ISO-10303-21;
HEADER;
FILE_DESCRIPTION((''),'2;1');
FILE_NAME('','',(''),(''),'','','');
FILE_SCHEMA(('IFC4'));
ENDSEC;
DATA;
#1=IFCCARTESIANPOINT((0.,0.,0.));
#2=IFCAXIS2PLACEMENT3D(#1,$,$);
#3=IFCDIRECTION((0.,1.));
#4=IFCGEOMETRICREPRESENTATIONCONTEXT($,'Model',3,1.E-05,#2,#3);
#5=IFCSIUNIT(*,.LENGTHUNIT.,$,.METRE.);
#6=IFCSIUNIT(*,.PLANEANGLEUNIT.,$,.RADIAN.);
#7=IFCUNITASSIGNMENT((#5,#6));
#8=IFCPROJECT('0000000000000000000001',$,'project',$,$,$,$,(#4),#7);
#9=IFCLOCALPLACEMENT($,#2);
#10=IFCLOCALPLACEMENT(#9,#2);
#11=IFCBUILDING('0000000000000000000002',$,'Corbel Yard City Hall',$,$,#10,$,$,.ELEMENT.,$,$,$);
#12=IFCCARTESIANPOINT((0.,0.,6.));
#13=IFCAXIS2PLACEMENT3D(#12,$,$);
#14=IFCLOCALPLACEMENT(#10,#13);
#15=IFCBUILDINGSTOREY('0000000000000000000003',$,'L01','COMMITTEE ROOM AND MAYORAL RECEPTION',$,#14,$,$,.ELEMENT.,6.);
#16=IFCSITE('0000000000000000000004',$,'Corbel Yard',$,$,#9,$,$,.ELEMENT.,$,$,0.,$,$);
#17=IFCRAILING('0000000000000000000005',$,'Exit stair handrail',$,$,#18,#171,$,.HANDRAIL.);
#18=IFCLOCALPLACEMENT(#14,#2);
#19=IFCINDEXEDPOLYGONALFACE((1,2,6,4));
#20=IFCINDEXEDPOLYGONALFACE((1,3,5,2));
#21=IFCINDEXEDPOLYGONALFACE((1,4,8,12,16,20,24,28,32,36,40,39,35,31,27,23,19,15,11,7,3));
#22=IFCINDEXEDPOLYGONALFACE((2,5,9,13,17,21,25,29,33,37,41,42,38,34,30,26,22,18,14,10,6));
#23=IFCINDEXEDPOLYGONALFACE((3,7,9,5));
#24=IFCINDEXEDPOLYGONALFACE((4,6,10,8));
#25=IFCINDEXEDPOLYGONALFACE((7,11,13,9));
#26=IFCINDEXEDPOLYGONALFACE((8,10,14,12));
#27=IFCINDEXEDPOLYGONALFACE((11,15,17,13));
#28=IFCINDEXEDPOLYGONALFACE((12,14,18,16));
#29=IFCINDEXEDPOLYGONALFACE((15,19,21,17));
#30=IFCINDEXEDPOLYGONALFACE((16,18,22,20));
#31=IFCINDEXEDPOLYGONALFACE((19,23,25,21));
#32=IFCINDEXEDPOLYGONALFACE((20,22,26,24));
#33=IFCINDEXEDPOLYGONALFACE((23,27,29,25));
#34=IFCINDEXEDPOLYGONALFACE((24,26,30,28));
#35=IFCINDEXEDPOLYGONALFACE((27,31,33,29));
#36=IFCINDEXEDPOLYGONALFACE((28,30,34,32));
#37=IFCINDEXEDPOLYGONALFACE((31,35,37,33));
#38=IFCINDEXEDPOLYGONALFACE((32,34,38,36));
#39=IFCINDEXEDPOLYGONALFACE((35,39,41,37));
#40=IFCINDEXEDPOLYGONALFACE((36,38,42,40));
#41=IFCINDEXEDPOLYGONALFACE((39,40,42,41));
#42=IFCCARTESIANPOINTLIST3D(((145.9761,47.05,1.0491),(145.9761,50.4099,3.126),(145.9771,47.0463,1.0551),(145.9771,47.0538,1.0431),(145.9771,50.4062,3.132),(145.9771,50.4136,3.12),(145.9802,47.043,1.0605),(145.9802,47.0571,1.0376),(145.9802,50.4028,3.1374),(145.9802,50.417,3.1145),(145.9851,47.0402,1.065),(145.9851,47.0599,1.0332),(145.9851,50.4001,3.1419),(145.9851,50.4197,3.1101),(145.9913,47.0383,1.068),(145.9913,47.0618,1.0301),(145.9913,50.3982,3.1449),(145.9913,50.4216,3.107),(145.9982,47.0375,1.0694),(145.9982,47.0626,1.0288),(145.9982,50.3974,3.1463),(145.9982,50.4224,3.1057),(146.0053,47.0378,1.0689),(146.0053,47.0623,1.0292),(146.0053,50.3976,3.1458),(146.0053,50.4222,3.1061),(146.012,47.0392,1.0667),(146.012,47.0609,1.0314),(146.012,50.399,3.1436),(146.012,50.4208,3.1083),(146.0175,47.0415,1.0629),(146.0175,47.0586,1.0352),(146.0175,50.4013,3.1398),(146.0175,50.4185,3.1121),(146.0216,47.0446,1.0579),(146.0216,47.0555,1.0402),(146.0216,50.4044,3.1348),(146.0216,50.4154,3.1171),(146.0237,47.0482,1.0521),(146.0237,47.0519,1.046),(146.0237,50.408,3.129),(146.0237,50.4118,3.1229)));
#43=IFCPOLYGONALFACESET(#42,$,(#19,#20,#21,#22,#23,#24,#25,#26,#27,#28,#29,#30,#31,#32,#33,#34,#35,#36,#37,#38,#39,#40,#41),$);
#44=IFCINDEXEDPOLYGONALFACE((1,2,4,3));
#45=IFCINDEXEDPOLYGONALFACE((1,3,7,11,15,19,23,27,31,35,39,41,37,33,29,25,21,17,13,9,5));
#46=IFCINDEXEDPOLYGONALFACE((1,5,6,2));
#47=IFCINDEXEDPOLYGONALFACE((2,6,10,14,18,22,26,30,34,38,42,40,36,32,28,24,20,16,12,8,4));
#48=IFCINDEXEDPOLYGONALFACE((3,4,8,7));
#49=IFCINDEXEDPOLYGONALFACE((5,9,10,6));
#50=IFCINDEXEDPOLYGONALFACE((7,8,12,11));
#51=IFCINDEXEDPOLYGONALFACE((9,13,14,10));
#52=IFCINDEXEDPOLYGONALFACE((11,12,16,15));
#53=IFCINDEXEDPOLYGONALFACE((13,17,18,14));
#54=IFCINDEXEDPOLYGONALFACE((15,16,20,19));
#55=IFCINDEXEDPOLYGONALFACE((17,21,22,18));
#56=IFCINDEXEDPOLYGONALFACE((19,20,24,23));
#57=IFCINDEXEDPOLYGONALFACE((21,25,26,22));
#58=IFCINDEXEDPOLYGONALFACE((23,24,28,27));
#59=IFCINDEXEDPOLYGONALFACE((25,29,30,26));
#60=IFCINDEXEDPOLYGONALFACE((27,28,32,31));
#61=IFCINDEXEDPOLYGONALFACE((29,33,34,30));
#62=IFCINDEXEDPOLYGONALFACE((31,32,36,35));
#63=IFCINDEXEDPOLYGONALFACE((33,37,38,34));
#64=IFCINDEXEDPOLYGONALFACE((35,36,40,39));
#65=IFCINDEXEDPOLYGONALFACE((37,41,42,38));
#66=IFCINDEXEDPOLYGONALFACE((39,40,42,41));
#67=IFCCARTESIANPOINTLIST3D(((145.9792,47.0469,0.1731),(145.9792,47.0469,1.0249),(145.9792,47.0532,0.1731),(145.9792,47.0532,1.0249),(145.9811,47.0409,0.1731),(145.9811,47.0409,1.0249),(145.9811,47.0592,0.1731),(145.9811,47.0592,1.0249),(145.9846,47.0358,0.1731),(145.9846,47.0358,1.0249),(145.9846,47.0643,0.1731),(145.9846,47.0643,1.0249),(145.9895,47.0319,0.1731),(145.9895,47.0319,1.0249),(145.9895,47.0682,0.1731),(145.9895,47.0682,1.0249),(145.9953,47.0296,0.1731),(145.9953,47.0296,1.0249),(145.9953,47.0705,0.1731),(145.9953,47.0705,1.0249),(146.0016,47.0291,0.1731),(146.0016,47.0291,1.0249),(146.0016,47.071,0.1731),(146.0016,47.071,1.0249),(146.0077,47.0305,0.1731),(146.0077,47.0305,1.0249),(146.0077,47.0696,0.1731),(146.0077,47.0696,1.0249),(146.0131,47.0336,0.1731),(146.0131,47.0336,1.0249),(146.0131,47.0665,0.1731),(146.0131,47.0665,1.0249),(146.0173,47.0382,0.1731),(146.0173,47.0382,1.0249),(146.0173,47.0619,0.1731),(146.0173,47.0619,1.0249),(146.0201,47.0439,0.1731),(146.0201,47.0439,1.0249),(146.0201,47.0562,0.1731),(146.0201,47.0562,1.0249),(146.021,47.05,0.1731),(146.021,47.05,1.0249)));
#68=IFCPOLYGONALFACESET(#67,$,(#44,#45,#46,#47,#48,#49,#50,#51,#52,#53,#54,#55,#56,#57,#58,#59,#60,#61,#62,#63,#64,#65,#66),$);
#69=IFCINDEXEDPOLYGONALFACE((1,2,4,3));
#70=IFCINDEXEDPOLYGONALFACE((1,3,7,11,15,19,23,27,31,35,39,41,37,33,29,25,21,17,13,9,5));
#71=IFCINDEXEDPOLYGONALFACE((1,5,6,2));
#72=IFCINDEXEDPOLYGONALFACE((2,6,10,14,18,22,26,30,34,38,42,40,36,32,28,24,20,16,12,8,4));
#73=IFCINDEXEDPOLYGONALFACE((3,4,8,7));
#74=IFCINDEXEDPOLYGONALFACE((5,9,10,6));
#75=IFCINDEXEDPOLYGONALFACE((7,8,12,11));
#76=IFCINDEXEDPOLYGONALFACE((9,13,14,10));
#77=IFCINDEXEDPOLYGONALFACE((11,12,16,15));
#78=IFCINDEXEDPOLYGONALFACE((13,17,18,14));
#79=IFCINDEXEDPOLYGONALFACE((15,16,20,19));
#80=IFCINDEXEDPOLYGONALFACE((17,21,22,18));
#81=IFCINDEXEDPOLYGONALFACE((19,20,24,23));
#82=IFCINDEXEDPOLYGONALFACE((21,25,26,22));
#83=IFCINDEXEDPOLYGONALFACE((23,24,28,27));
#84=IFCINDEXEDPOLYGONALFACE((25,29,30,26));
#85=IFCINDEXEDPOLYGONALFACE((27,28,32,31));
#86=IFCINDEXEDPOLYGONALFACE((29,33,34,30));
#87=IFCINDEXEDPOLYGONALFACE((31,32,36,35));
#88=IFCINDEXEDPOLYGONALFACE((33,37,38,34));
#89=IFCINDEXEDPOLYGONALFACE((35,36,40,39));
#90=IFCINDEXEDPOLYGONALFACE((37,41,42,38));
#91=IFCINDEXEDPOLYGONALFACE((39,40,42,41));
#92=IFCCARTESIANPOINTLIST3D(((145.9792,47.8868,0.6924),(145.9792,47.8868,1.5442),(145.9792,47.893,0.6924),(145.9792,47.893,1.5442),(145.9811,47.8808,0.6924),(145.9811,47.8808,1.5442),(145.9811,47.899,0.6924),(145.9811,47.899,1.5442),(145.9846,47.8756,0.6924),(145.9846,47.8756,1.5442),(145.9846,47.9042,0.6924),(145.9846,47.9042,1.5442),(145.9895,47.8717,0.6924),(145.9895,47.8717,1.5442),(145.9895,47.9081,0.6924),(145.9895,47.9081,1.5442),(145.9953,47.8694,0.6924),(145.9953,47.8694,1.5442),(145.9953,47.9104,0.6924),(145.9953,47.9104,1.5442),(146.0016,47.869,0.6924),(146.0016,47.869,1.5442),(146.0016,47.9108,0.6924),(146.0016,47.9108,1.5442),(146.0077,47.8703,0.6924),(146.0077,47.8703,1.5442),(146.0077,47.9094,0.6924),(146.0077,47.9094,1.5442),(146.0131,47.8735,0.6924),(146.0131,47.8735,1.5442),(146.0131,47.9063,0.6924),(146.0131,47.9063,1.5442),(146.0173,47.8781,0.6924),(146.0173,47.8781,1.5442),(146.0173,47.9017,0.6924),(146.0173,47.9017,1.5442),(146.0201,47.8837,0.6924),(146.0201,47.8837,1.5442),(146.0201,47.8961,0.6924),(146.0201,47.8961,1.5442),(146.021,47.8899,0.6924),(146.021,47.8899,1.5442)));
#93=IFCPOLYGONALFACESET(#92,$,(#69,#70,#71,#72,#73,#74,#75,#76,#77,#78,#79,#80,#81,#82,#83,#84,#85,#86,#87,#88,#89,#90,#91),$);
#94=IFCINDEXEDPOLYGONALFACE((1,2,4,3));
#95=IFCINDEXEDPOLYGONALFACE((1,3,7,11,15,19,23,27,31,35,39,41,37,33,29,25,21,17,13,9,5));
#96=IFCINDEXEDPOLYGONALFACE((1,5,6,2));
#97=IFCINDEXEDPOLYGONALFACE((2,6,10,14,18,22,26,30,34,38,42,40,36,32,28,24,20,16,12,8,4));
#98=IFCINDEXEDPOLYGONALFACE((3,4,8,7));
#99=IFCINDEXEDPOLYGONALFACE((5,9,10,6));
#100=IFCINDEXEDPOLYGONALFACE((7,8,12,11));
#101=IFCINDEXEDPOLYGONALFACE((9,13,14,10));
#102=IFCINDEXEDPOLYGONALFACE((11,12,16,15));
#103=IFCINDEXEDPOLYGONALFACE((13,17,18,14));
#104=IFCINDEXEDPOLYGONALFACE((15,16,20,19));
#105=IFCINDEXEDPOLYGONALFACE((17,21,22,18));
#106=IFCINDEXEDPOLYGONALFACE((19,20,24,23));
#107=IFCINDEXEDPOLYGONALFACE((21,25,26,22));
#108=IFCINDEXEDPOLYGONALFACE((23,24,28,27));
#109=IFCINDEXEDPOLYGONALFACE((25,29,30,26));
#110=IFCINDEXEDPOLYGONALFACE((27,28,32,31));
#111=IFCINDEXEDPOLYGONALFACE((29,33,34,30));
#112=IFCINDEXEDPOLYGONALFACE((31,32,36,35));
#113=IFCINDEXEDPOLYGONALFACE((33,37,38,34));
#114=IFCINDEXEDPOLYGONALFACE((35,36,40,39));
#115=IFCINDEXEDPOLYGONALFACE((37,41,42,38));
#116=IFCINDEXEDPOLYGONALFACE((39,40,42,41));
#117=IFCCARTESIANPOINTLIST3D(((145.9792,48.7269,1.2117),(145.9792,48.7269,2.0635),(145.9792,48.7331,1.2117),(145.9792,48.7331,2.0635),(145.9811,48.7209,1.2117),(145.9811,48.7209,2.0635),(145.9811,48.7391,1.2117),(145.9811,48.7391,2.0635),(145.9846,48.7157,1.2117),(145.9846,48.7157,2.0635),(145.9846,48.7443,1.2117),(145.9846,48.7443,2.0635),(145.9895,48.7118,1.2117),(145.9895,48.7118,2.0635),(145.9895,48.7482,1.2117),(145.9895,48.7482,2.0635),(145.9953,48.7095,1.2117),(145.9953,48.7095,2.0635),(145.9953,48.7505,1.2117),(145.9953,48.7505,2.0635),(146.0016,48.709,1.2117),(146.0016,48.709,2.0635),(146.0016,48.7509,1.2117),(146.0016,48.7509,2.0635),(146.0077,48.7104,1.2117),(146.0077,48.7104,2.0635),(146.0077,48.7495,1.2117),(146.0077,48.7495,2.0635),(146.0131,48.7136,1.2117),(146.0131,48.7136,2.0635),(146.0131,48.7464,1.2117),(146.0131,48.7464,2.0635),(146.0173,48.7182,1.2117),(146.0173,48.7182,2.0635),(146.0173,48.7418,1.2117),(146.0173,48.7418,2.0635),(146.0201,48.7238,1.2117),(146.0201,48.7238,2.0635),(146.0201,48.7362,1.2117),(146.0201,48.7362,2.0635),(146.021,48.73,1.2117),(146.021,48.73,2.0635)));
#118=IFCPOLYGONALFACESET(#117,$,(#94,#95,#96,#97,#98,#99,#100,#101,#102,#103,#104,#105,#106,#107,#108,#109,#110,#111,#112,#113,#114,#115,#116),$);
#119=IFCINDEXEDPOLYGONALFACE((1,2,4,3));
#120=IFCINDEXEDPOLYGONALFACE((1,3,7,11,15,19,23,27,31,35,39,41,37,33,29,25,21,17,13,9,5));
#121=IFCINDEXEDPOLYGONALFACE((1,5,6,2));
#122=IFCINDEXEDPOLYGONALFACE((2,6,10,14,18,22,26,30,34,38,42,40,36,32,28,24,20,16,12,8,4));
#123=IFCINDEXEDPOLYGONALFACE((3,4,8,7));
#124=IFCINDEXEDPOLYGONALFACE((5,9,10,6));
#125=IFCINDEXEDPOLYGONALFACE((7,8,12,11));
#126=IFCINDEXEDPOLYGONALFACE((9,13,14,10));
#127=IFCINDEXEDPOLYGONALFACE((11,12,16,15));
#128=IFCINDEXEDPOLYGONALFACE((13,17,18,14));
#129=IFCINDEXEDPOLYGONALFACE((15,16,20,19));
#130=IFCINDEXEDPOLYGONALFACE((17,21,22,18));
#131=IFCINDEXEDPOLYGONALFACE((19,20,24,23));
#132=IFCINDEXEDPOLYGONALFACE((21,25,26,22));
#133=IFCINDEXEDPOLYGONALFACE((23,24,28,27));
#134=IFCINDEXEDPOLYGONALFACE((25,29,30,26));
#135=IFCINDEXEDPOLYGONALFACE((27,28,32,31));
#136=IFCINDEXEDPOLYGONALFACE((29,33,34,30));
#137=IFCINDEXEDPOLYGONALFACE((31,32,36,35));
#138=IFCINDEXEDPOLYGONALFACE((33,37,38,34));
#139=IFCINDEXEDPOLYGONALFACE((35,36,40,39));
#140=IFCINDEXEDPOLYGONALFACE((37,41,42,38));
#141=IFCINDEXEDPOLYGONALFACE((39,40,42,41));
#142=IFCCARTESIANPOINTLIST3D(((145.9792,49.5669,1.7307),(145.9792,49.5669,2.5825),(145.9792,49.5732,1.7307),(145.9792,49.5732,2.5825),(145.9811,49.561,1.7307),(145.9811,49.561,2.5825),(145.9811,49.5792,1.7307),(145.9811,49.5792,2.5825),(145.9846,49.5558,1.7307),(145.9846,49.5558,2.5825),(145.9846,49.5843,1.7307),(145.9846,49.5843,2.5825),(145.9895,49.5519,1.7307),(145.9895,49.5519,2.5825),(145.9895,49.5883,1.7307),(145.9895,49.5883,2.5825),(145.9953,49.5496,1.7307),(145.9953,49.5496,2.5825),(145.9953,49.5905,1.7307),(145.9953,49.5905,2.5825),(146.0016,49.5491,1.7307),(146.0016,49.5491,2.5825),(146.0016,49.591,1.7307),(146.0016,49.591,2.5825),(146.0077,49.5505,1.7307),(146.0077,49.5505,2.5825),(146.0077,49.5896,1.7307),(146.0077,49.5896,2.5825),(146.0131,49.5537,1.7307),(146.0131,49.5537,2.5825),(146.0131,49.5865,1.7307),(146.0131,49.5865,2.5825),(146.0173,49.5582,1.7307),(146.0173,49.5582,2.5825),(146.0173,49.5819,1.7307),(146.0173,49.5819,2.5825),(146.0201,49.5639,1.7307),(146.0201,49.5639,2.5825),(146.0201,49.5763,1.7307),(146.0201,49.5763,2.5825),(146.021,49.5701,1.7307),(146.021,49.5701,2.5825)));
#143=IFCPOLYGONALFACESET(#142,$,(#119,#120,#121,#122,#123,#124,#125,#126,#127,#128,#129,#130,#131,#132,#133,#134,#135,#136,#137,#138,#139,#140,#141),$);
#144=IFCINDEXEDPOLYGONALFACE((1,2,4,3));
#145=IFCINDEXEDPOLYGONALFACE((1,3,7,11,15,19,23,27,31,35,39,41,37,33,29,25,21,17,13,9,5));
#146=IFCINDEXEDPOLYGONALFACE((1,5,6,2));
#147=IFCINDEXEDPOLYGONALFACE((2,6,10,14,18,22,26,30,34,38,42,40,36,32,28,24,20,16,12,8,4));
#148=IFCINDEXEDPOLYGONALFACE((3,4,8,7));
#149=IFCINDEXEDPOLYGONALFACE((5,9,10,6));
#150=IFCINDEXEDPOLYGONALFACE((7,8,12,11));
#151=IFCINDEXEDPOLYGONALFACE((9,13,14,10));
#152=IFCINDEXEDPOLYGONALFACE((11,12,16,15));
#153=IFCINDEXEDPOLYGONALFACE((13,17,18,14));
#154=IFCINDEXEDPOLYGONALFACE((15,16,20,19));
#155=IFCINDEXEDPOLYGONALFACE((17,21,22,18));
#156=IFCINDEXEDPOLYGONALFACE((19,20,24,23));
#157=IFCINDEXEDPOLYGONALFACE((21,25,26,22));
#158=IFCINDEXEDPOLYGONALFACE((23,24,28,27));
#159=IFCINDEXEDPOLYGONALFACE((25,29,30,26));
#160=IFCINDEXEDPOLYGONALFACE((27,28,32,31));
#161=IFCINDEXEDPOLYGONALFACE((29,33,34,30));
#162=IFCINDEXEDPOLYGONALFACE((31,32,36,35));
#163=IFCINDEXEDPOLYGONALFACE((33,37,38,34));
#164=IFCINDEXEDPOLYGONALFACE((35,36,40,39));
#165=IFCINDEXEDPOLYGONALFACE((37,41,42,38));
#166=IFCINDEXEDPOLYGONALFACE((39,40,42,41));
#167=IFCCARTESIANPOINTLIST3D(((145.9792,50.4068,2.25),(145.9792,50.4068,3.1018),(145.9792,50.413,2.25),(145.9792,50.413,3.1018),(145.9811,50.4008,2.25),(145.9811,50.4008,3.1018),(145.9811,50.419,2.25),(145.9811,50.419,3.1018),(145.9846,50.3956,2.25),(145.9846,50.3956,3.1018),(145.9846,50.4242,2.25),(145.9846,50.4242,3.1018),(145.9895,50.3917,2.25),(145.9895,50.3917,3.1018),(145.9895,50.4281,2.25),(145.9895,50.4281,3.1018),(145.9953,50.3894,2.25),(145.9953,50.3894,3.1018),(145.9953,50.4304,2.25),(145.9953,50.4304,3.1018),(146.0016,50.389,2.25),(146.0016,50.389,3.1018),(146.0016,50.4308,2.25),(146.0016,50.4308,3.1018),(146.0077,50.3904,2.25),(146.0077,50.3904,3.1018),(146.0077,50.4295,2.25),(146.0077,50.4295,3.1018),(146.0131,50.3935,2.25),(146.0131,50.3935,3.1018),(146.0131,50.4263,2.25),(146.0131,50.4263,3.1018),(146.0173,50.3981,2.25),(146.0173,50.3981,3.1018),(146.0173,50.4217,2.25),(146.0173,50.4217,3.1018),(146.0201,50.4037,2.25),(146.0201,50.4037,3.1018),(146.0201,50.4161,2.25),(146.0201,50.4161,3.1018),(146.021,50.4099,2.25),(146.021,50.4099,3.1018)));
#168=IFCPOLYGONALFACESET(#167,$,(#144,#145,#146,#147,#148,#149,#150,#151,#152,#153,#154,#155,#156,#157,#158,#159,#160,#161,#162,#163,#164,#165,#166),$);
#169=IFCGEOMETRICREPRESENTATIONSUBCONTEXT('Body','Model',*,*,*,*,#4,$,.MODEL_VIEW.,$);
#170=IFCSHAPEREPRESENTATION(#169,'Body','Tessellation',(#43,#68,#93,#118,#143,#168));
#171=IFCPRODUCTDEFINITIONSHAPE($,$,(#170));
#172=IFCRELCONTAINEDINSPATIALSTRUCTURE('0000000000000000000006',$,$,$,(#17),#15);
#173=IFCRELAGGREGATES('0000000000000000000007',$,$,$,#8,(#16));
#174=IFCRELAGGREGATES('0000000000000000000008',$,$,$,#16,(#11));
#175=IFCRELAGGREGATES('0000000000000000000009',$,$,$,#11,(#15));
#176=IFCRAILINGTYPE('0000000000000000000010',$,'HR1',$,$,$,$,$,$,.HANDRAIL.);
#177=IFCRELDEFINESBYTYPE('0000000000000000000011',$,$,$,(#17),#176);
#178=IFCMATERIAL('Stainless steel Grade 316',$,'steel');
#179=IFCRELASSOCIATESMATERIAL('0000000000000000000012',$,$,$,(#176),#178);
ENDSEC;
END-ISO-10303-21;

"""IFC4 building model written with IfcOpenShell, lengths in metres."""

from ifc_helpers import new_model, si_unit, direction, frame, origin, origin_2d, place, context, subcontext, project, spatial, circle, extrude, material, type_object, element, save


model = new_model("IFC4")

# Units and contexts
model_context = context("Model", 3, precision=1e-05, world=origin(), true_north=direction((0.0, 1.0)))
body_context = subcontext(model_context, "Body", "Model", "MODEL_VIEW")
ifc_project = project(units=[si_unit("LENGTHUNIT", "METRE"), si_unit("PLANEANGLEUNIT", "RADIAN")], contexts=[model_context])

# Site, building, storey
site_placement = place(None, origin())
site = spatial("IfcSite", under=ifc_project, at=site_placement, Name="Corbel Yard", CompositionType="ELEMENT", RefElevation=0.0)
building_placement = place(site_placement, origin())
building = spatial("IfcBuilding", under=site, at=building_placement, Name="Corbel Yard City Hall", CompositionType="ELEMENT")
storey_placement = place(building_placement, frame((0.0, 0.0, 6.0)))
storey = spatial("IfcBuildingStorey", under=building, at=storey_placement, Name="L01", Description="COMMITTEE ROOM AND MAYORAL RECEPTION", CompositionType="ELEMENT", Elevation=6.0)

# Shared definitions
ifc_material_1 = material(Name="Stainless steel Grade 316", Category="steel")

# Railing
railing_type_1 = type_object("IfcRailingType", Name="HR1", PredefinedType="HANDRAIL", material=ifc_material_1)
for number, where, name in (
    (1, (146.0, 47.05, 0.1731), "Exit stair handrail"),
):
    element("IfcRailing", number, at=place(storey_placement, frame(where)), inside=storey, type_object=railing_type_1, Name=name, PredefinedType="HANDRAIL", context=body_context, shape_type="SweptSolid", body=[
        extrude(circle(Radius=0.0239, at=origin_2d()), frame((0.0, 0.0, 0.876), z_axis=(0.0, 0.850606, 0.525803), x_axis=(-1.0, 0.0, 0.0)), (0.0, 0.0, 1.0), 3.95),
        extrude(circle(Radius=0.021, at=origin_2d()), origin(), (0.0, 0.0, 1.0), 0.8518),
        extrude(circle(Radius=0.021, at=origin_2d()), frame((0.0, 0.8398, 0.5193)), (0.0, 0.0, 1.0), 0.8518),
        extrude(circle(Radius=0.021, at=origin_2d()), frame((0.0, 1.6799, 1.0386)), (0.0, 0.0, 1.0), 0.8518),
        extrude(circle(Radius=0.021, at=origin_2d()), frame((0.0, 2.52, 1.5576)), (0.0, 0.0, 1.0), 0.8518),
        extrude(circle(Radius=0.021, at=origin_2d()), frame((0.0, 3.3599, 2.0769)), (0.0, 0.0, 1.0), 0.8518),
    ])

save(model, "model.ifc")
